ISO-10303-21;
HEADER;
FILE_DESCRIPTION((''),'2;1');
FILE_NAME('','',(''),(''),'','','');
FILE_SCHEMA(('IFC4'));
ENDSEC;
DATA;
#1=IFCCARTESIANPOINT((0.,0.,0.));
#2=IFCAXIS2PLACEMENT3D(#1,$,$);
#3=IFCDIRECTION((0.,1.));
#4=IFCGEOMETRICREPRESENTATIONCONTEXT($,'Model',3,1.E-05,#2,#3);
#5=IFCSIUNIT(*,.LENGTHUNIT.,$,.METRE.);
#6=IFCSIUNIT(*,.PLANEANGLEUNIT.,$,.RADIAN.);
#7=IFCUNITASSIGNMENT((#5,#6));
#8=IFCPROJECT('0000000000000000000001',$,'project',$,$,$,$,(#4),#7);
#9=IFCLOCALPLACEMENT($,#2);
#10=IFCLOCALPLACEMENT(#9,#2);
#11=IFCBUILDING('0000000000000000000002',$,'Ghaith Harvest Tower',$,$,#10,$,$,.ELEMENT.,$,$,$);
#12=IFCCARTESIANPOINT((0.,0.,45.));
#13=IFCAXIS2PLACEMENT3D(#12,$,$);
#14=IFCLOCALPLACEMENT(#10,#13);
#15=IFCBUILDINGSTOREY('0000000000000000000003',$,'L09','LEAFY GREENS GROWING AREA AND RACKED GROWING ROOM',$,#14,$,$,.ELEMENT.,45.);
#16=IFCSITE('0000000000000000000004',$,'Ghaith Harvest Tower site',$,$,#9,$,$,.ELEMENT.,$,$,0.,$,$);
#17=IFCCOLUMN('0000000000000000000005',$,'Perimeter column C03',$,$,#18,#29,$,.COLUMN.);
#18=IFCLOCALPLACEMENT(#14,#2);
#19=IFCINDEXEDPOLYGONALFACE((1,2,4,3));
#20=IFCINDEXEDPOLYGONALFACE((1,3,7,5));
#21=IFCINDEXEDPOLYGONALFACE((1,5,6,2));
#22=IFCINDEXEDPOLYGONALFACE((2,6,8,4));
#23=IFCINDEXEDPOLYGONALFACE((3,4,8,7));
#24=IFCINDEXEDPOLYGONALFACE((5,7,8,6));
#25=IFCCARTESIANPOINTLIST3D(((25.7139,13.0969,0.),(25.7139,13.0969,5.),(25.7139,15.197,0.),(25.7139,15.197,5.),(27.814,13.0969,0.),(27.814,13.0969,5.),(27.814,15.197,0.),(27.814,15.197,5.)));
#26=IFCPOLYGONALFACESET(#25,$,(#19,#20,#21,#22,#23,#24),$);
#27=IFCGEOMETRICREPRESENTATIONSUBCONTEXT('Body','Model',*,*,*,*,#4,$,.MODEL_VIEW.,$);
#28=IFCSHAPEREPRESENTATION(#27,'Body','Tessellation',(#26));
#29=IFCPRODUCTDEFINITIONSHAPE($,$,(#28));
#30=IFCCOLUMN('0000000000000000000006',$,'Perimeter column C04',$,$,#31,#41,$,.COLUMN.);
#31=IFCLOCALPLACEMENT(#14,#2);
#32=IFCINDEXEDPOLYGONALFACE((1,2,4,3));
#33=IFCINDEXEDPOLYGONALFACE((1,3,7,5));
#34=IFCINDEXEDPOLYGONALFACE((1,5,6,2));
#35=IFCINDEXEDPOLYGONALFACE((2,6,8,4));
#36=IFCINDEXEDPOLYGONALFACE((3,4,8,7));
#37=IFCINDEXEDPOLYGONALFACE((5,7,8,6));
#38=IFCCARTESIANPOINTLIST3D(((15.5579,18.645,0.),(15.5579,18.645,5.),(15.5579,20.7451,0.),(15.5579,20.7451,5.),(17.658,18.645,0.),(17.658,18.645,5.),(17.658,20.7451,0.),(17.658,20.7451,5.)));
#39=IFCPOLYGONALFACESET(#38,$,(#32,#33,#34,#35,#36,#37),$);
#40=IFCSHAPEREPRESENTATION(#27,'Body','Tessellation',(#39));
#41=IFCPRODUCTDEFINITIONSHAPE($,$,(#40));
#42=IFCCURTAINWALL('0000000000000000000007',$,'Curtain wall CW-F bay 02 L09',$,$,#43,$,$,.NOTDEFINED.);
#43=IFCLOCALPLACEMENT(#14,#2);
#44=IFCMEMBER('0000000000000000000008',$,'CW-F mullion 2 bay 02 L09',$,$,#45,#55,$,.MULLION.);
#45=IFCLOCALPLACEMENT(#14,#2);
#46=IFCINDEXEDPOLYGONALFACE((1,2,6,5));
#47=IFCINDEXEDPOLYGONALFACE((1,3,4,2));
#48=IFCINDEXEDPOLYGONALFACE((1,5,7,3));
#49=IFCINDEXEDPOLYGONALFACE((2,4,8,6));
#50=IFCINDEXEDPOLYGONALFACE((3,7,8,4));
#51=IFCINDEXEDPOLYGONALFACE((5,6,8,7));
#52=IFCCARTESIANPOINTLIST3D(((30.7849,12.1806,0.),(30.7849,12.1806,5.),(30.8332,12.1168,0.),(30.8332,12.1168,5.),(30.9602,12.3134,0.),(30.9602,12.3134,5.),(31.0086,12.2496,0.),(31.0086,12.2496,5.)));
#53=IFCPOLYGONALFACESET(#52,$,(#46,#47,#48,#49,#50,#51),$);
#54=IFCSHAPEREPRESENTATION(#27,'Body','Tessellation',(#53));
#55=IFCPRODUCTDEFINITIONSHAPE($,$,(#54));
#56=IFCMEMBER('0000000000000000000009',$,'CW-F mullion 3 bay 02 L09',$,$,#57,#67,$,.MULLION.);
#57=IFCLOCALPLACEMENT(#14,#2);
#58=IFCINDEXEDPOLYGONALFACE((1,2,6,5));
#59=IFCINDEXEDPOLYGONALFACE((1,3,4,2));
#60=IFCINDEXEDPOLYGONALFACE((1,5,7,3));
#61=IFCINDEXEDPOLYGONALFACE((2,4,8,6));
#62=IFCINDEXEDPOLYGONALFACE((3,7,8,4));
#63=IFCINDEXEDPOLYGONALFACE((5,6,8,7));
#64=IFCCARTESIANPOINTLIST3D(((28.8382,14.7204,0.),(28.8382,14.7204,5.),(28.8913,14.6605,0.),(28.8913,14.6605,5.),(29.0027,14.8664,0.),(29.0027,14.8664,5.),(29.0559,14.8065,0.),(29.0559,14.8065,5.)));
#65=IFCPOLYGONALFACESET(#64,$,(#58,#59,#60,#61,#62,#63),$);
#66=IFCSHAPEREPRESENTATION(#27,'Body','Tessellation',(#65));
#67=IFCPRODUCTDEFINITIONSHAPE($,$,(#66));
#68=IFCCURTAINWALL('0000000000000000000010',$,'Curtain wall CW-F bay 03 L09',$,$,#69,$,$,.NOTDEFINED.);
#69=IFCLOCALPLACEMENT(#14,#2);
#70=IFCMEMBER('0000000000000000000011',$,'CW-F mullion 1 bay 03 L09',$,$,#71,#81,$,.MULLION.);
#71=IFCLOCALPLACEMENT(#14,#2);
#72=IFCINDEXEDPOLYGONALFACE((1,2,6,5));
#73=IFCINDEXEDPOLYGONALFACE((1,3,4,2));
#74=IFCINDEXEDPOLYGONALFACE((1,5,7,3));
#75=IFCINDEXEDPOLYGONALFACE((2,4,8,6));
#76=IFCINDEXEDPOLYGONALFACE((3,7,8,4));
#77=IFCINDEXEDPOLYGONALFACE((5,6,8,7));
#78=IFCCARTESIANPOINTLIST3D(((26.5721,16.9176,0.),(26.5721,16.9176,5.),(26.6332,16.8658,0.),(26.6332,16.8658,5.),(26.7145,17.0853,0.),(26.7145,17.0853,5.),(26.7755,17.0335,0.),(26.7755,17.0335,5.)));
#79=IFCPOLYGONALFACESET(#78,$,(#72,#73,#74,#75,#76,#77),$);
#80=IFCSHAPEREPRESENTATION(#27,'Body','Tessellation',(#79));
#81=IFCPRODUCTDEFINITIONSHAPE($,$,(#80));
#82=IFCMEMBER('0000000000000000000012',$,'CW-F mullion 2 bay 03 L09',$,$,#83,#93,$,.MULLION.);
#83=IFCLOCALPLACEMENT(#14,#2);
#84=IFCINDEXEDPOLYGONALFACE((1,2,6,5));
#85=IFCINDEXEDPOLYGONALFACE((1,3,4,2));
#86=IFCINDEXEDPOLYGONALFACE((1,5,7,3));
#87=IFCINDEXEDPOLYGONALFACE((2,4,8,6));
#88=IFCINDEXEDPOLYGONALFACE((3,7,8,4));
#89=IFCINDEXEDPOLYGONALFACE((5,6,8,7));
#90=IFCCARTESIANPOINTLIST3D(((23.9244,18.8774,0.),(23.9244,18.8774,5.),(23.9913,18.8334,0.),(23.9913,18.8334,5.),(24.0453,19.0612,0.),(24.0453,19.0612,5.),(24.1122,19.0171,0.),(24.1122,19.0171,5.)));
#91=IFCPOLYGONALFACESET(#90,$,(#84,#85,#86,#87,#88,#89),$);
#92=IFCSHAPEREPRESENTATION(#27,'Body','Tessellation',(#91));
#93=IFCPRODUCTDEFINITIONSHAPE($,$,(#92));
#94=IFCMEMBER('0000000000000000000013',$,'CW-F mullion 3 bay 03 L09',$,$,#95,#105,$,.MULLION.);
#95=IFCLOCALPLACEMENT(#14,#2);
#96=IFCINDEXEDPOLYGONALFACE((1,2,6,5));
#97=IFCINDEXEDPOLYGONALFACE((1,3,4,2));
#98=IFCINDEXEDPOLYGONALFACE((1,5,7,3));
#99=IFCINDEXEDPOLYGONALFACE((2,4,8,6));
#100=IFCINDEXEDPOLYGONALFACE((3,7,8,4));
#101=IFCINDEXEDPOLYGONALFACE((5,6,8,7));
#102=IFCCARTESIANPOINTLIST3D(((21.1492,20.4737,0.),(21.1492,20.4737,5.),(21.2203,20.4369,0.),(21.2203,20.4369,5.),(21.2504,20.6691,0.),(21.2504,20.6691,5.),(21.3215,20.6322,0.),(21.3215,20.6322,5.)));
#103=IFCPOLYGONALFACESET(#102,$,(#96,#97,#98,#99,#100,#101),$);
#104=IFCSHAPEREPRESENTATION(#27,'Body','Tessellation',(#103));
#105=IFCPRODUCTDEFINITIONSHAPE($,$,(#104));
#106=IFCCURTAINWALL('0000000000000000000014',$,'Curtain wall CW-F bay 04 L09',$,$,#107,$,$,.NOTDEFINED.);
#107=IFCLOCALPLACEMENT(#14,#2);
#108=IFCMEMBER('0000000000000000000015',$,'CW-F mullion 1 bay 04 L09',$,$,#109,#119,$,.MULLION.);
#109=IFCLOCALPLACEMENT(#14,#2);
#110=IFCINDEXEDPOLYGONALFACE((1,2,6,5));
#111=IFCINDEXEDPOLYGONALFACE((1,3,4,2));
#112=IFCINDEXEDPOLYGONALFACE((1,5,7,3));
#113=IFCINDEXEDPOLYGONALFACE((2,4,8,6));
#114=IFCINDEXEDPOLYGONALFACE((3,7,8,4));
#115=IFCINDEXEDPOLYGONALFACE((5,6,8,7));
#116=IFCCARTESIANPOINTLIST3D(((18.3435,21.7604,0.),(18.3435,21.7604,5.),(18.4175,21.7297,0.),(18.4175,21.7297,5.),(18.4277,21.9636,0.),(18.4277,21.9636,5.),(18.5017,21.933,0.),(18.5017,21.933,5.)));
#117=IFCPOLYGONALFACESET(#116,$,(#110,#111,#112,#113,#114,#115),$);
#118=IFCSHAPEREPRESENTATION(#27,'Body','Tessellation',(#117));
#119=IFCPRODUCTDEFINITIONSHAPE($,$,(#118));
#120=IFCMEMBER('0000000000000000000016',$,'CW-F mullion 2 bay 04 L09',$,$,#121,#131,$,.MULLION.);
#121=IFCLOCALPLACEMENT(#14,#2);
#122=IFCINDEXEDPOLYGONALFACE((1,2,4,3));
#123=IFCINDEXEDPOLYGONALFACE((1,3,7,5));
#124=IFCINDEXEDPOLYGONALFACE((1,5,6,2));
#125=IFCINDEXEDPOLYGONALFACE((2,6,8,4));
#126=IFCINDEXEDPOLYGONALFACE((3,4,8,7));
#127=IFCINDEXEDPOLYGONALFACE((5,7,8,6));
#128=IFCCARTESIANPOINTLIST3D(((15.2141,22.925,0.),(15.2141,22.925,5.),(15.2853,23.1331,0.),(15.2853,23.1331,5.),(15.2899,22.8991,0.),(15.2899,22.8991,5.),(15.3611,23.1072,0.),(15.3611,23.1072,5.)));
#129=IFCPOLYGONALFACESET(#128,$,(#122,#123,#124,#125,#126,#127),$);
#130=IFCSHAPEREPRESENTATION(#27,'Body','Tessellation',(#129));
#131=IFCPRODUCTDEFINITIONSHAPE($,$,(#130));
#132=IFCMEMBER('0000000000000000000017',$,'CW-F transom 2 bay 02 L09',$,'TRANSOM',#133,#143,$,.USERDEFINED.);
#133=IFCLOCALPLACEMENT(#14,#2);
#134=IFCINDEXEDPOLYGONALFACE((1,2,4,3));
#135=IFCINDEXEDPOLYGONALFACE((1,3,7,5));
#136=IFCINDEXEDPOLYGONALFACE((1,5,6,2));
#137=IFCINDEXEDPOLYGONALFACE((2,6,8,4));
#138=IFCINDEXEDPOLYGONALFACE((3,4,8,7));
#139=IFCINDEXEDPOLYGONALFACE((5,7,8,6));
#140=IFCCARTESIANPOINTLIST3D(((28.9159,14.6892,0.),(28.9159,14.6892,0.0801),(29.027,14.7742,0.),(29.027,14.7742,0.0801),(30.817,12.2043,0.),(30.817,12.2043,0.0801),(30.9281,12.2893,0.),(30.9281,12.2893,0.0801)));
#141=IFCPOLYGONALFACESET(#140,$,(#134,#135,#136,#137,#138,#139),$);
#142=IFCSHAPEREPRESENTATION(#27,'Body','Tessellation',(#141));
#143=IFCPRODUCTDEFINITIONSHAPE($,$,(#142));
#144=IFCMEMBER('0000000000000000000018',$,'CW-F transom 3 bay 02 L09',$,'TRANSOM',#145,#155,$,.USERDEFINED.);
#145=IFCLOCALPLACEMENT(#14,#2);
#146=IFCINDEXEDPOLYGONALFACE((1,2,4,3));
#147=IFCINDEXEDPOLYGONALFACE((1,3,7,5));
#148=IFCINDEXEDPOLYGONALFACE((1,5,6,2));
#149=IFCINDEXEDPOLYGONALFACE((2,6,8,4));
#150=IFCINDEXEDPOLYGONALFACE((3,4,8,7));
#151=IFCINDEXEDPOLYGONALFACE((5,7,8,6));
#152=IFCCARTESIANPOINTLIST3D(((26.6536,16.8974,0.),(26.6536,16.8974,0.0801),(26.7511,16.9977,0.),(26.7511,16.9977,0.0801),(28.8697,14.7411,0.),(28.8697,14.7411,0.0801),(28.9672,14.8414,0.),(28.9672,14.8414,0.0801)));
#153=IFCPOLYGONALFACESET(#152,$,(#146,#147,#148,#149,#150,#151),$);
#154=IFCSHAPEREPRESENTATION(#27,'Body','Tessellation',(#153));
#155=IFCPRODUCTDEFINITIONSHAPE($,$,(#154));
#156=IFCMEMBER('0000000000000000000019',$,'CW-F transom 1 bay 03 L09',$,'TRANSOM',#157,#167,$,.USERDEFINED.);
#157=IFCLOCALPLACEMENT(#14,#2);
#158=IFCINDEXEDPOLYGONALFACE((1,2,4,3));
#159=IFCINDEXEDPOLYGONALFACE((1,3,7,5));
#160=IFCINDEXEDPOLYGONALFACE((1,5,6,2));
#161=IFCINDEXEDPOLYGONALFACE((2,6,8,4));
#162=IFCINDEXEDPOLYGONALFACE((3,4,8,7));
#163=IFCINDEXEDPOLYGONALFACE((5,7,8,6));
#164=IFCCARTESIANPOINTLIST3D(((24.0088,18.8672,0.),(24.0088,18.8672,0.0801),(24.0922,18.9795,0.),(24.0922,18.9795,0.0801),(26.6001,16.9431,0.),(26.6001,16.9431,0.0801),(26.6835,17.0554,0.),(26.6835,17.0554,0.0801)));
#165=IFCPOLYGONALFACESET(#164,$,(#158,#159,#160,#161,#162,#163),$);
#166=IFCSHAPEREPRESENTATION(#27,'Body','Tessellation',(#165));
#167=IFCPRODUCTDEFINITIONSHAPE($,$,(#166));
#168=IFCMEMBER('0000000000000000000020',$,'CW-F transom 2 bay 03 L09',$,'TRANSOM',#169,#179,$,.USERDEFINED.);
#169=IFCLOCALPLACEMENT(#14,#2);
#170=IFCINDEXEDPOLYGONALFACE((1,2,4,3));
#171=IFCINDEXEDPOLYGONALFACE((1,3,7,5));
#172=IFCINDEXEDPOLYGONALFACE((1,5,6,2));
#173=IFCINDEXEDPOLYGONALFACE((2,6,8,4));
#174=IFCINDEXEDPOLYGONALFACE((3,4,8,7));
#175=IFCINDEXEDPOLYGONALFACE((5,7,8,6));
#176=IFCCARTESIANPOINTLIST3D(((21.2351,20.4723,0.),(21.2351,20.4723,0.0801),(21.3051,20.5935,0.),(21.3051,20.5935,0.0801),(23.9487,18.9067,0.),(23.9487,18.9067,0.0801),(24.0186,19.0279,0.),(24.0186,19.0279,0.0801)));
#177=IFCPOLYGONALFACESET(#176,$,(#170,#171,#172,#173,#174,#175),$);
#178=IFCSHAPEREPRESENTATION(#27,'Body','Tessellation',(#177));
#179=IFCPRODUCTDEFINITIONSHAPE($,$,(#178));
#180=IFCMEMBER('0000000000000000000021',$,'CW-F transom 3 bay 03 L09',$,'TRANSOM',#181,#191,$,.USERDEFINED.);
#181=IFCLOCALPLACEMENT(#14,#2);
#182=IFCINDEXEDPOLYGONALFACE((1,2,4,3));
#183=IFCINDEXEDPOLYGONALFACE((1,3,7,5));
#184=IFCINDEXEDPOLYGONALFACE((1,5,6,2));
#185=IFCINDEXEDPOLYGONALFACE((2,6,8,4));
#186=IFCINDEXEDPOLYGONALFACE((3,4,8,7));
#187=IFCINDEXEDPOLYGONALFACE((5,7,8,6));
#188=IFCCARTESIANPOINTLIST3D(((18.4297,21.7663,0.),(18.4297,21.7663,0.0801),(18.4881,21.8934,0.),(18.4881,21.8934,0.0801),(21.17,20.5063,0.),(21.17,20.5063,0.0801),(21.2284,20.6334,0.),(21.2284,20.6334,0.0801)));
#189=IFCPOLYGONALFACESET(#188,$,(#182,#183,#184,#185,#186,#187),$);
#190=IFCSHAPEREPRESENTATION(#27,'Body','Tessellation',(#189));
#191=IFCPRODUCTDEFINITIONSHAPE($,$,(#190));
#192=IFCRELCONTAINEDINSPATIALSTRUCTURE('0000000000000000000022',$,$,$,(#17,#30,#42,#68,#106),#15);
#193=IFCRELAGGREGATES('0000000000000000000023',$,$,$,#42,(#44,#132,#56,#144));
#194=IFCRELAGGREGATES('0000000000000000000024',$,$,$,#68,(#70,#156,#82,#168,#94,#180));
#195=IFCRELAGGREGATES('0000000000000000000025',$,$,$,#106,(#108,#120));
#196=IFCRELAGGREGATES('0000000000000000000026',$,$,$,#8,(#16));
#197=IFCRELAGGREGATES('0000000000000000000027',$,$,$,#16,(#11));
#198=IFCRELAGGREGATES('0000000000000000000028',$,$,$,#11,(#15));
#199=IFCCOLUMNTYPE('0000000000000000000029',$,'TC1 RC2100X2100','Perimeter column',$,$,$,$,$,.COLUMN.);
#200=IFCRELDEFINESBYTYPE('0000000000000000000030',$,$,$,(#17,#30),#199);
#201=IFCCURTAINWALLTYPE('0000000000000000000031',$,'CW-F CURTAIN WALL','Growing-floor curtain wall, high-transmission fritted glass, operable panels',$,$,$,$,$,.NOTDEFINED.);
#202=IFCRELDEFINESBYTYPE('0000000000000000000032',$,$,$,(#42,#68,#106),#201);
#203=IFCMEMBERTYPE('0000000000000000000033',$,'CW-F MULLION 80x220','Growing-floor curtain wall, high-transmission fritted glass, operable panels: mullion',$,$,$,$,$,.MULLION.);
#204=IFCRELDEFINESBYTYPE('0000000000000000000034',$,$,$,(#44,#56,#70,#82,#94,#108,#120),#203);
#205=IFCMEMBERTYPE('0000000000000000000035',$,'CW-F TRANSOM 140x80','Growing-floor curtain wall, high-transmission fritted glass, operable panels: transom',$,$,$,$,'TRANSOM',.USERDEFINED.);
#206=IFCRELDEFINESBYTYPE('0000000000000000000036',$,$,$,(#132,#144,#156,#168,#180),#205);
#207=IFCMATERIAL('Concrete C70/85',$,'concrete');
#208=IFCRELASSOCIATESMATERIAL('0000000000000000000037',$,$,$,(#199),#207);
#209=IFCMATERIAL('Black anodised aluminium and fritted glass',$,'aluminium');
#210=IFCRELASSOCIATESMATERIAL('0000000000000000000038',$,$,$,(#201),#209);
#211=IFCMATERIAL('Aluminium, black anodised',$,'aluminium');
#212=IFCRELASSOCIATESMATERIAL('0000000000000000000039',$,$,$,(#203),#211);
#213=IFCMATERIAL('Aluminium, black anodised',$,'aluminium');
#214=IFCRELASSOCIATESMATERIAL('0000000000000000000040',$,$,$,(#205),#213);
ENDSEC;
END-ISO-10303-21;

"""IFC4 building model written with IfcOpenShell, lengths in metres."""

from ifc_helpers import new_model, si_unit, direction, frame, origin, origin_2d, place, context, subcontext, project, spatial, rectangle, extrude, material, material_profile, profile_set, type_object, element, aggregate, save


model = new_model("IFC4")

# Units and contexts
model_context = context("Model", 3, precision=1e-05, world=origin(), true_north=direction((0.0, 1.0)))
body_context = subcontext(model_context, "Body", "Model", "MODEL_VIEW")
ifc_project = project(units=[si_unit("LENGTHUNIT", "METRE"), si_unit("PLANEANGLEUNIT", "RADIAN")], contexts=[model_context])

# Site, building, storey
site_placement = place(None, origin())
site = spatial("IfcSite", under=ifc_project, at=site_placement, Name="Ghaith Harvest Tower site", CompositionType="ELEMENT", RefElevation=0.0)
building_placement = place(site_placement, origin())
building = spatial("IfcBuilding", under=site, at=building_placement, Name="Ghaith Harvest Tower", CompositionType="ELEMENT")
storey_placement = place(building_placement, frame((0.0, 0.0, 45.0)))
storey = spatial("IfcBuildingStorey", under=building, at=storey_placement, Name="L09", Description="LEAFY GREENS GROWING AREA AND RACKED GROWING ROOM", CompositionType="ELEMENT", Elevation=45.0)

# Columns
ifc_material_1 = material(Name="Concrete C70/85", Category="concrete")
ifc_material_profile_1 = material_profile(ifc_material_1, rectangle(XDim=2.1001, YDim=2.1001, at=origin_2d()), Name="RC2100X2100")
ifc_profile_set_1 = profile_set([ifc_material_profile_1], Name="Concrete C70/85")
column_type = type_object("IfcColumnType", Name="TC1 RC2100X2100", Description="Perimeter column", PredefinedType="COLUMN", material=ifc_profile_set_1)
for number, where, z_axis, x_axis, name in (
    (1, (26.7639, 14.147, 0.0), (0.0, 0.0, 1.0), (1.0, 0.0, 0.0), "Perimeter column C03"),
    (2, (16.6079, 19.6951, 0.0), (0.0, 0.0, 1.0), (1.0, 0.0, 0.0), "Perimeter column C04"),
):
    element("IfcColumn", number, at=place(storey_placement, frame(where, z_axis=z_axis, x_axis=x_axis)), inside=storey, type_object=column_type, Name=name, PredefinedType="COLUMN", context=body_context, shape_type="SweptSolid", body=[
        extrude(rectangle(XDim=2.1001, YDim=2.1001, at=origin_2d()), origin(), (0.0, 0.0, 1.0), 5.0),
    ])

# Curtain walls, members
ifc_material_2 = material(Name="Black anodised aluminium and fritted glass", Category="aluminium")
curtain_wall_type = type_object("IfcCurtainWallType", Name="CW-F CURTAIN WALL", Description="Growing-floor curtain wall, high-transmission fritted glass, operable panels", PredefinedType="NOTDEFINED", material=ifc_material_2)
curtain_wall_1_placement = place(storey_placement, origin())
curtain_wall_1 = element("IfcCurtainWall", 3, at=curtain_wall_1_placement, inside=storey, type_object=curtain_wall_type, Name="Curtain wall CW-F bay 02 L09", PredefinedType="NOTDEFINED")
ifc_material_3 = material(Name="Aluminium, black anodised", Category="aluminium")
ifc_material_profile_2 = material_profile(ifc_material_3, rectangle(XDim=0.0801, YDim=0.22, at=origin_2d()), Name="CW-F MULLION 80x220")
ifc_profile_set_2 = profile_set([ifc_material_profile_2], Name="Aluminium, black anodised")
member_type_1 = type_object("IfcMemberType", Name="CW-F MULLION 80x220", Description="Growing-floor curtain wall, high-transmission fritted glass, operable panels: mullion", PredefinedType="MULLION", material=ifc_profile_set_2)
member_1_placement = place(storey_placement, frame((30.8967, 12.2151, 0.0), z_axis=(0.0, 0.0, 1.0), x_axis=(-0.603948, 0.797023, 0.0)))
member_1 = element("IfcMember", 4, at=member_1_placement, type_object=member_type_1, Name="CW-F mullion 2 bay 02 L09", PredefinedType="MULLION", context=body_context, shape_type="SweptSolid", body=[
    extrude(rectangle(XDim=0.0801, YDim=0.22, at=origin_2d()), origin(), (0.0, 0.0, 1.0), 5.0),
])
member_2_placement = place(storey_placement, frame((28.947, 14.7634, 0.0), z_axis=(0.0, 0.0, 1.0), x_axis=(-0.663605, 0.748083, 0.0)))
member_2 = element("IfcMember", 5, at=member_2_placement, type_object=member_type_1, Name="CW-F mullion 3 bay 02 L09", PredefinedType="MULLION", context=body_context, shape_type="SweptSolid", body=[
    extrude(rectangle(XDim=0.0801, YDim=0.22, at=origin_2d()), origin(), (0.0, 0.0, 1.0), 5.0),
])
curtain_wall_2_placement = place(storey_placement, origin())
curtain_wall_2 = element("IfcCurtainWall", 6, at=curtain_wall_2_placement, inside=storey, type_object=curtain_wall_type, Name="Curtain wall CW-F bay 03 L09", PredefinedType="NOTDEFINED")
member_3_placement = place(storey_placement, frame((26.6738, 16.9756, 0.0), z_axis=(0.0, 0.0, 1.0), x_axis=(-0.762366, 0.647146, 0.0)))
member_3 = element("IfcMember", 7, at=member_3_placement, type_object=member_type_1, Name="CW-F mullion 1 bay 03 L09", PredefinedType="MULLION", context=body_context, shape_type="SweptSolid", body=[
    extrude(rectangle(XDim=0.0801, YDim=0.22, at=origin_2d()), origin(), (0.0, 0.0, 1.0), 5.0),
])
member_4_placement = place(storey_placement, frame((24.0183, 18.9473, 0.0), z_axis=(0.0, 0.0, 1.0), x_axis=(-0.835444, 0.549576, 0.0)))
member_4 = element("IfcMember", 8, at=member_4_placement, type_object=member_type_1, Name="CW-F mullion 2 bay 03 L09", PredefinedType="MULLION", context=body_context, shape_type="SweptSolid", body=[
    extrude(rectangle(XDim=0.0801, YDim=0.22, at=origin_2d()), origin(), (0.0, 0.0, 1.0), 5.0),
])
member_5_placement = place(storey_placement, frame((21.2354, 20.553, 0.0), z_axis=(0.0, 0.0, 1.0), x_axis=(-0.887897, 0.460043, 0.0)))
member_5 = element("IfcMember", 9, at=member_5_placement, type_object=member_type_1, Name="CW-F mullion 3 bay 03 L09", PredefinedType="MULLION", context=body_context, shape_type="SweptSolid", body=[
    extrude(rectangle(XDim=0.0801, YDim=0.22, at=origin_2d()), origin(), (0.0, 0.0, 1.0), 5.0),
])
curtain_wall_3_placement = place(storey_placement, origin())
curtain_wall_3 = element("IfcCurtainWall", 10, at=curtain_wall_3_placement, inside=storey, type_object=curtain_wall_type, Name="Curtain wall CW-F bay 04 L09", PredefinedType="NOTDEFINED")
member_6_placement = place(storey_placement, frame((18.4226, 21.8467, 0.0), z_axis=(0.0, 0.0, 1.0), x_axis=(-0.92391, 0.382609, 0.0)))
member_6 = element("IfcMember", 11, at=member_6_placement, type_object=member_type_1, Name="CW-F mullion 1 bay 04 L09", PredefinedType="MULLION", context=body_context, shape_type="SweptSolid", body=[
    extrude(rectangle(XDim=0.0801, YDim=0.22, at=origin_2d()), origin(), (0.0, 0.0, 1.0), 5.0),
])
member_7_placement = place(storey_placement, frame((15.2876, 23.0161, 0.0), z_axis=(0.0, 0.0, 1.0), x_axis=(-0.946121, 0.323813, 0.0)))
member_7 = element("IfcMember", 12, at=member_7_placement, type_object=member_type_1, Name="CW-F mullion 2 bay 04 L09", PredefinedType="MULLION", context=body_context, shape_type="SweptSolid", body=[
    extrude(rectangle(XDim=0.0801, YDim=0.22, at=origin_2d()), origin(), (0.0, 0.0, 1.0), 5.0),
])

# Members
ifc_material_4 = material(Name="Aluminium, black anodised", Category="aluminium")
ifc_material_profile_3 = material_profile(ifc_material_4, rectangle(XDim=0.1399, YDim=0.0801, at=origin_2d()), Name="CW-F TRANSOM 140x80")
ifc_profile_set_3 = profile_set([ifc_material_profile_3], Name="Aluminium, black anodised")
member_type_2 = type_object("IfcMemberType", Name="CW-F TRANSOM 140x80", Description="Growing-floor curtain wall, high-transmission fritted glass, operable panels: transom", ElementType="TRANSOM", PredefinedType="USERDEFINED", material=ifc_profile_set_3)
member_8_placement = place(storey_placement, frame((30.8726, 12.2468, 0.04), z_axis=(-0.607638, 0.794214, 0.0), x_axis=(-0.794214, -0.607638, 0.0)))
member_8 = element("IfcMember", 13, at=member_8_placement, type_object=member_type_2, Name="CW-F transom 2 bay 02 L09", ObjectType="TRANSOM", PredefinedType="USERDEFINED", context=body_context, shape_type="SweptSolid", body=[
    extrude(rectangle(XDim=0.1399, YDim=0.0801, at=origin_2d()), origin(), (0.0, 0.0, 1.0), 3.1287),
])
member_9_placement = place(storey_placement, frame((28.9185, 14.7913, 0.04), z_axis=(-0.716713, 0.697368, 0.0), x_axis=(-0.697368, -0.716713, 0.0)))
member_9 = element("IfcMember", 14, at=member_9_placement, type_object=member_type_2, Name="CW-F transom 3 bay 02 L09", ObjectType="TRANSOM", PredefinedType="USERDEFINED", context=body_context, shape_type="SweptSolid", body=[
    extrude(rectangle(XDim=0.1399, YDim=0.0801, at=origin_2d()), origin(), (0.0, 0.0, 1.0), 3.092),
])
member_10_placement = place(storey_placement, frame((26.6418, 16.9993, 0.04), z_axis=(-0.802877, 0.596144, 0.0), x_axis=(-0.596144, -0.802877, 0.0)))
member_10 = element("IfcMember", 15, at=member_10_placement, type_object=member_type_2, Name="CW-F transom 1 bay 03 L09", ObjectType="TRANSOM", PredefinedType="USERDEFINED", context=body_context, shape_type="SweptSolid", body=[
    extrude(rectangle(XDim=0.1399, YDim=0.0801, at=origin_2d()), origin(), (0.0, 0.0, 1.0), 3.2275),
])
member_11_placement = place(storey_placement, frame((23.9836, 18.9673, 0.04), z_axis=(-0.866169, 0.499752, 0.0), x_axis=(-0.499752, -0.866169, 0.0)))
member_11 = element("IfcMember", 16, at=member_11_placement, type_object=member_type_2, Name="CW-F transom 2 bay 03 L09", ObjectType="TRANSOM", PredefinedType="USERDEFINED", context=body_context, shape_type="SweptSolid", body=[
    extrude(rectangle(XDim=0.1399, YDim=0.0801, at=origin_2d()), origin(), (0.0, 0.0, 1.0), 3.1328),
])
member_12_placement = place(storey_placement, frame((21.1992, 20.5698, 0.04), z_axis=(-0.908553, 0.417769, 0.0), x_axis=(-0.417769, -0.908553, 0.0)))
member_12 = element("IfcMember", 17, at=member_12_placement, type_object=member_type_2, Name="CW-F transom 3 bay 03 L09", ObjectType="TRANSOM", PredefinedType="USERDEFINED", context=body_context, shape_type="SweptSolid", body=[
    extrude(rectangle(XDim=0.1399, YDim=0.0801, at=origin_2d()), origin(), (0.0, 0.0, 1.0), 3.0161),
])

aggregate(curtain_wall_1, [member_1, member_8, member_2, member_9])
aggregate(curtain_wall_2, [member_3, member_10, member_4, member_11, member_5, member_12])
aggregate(curtain_wall_3, [member_6, member_7])

save(model, "model.ifc")
